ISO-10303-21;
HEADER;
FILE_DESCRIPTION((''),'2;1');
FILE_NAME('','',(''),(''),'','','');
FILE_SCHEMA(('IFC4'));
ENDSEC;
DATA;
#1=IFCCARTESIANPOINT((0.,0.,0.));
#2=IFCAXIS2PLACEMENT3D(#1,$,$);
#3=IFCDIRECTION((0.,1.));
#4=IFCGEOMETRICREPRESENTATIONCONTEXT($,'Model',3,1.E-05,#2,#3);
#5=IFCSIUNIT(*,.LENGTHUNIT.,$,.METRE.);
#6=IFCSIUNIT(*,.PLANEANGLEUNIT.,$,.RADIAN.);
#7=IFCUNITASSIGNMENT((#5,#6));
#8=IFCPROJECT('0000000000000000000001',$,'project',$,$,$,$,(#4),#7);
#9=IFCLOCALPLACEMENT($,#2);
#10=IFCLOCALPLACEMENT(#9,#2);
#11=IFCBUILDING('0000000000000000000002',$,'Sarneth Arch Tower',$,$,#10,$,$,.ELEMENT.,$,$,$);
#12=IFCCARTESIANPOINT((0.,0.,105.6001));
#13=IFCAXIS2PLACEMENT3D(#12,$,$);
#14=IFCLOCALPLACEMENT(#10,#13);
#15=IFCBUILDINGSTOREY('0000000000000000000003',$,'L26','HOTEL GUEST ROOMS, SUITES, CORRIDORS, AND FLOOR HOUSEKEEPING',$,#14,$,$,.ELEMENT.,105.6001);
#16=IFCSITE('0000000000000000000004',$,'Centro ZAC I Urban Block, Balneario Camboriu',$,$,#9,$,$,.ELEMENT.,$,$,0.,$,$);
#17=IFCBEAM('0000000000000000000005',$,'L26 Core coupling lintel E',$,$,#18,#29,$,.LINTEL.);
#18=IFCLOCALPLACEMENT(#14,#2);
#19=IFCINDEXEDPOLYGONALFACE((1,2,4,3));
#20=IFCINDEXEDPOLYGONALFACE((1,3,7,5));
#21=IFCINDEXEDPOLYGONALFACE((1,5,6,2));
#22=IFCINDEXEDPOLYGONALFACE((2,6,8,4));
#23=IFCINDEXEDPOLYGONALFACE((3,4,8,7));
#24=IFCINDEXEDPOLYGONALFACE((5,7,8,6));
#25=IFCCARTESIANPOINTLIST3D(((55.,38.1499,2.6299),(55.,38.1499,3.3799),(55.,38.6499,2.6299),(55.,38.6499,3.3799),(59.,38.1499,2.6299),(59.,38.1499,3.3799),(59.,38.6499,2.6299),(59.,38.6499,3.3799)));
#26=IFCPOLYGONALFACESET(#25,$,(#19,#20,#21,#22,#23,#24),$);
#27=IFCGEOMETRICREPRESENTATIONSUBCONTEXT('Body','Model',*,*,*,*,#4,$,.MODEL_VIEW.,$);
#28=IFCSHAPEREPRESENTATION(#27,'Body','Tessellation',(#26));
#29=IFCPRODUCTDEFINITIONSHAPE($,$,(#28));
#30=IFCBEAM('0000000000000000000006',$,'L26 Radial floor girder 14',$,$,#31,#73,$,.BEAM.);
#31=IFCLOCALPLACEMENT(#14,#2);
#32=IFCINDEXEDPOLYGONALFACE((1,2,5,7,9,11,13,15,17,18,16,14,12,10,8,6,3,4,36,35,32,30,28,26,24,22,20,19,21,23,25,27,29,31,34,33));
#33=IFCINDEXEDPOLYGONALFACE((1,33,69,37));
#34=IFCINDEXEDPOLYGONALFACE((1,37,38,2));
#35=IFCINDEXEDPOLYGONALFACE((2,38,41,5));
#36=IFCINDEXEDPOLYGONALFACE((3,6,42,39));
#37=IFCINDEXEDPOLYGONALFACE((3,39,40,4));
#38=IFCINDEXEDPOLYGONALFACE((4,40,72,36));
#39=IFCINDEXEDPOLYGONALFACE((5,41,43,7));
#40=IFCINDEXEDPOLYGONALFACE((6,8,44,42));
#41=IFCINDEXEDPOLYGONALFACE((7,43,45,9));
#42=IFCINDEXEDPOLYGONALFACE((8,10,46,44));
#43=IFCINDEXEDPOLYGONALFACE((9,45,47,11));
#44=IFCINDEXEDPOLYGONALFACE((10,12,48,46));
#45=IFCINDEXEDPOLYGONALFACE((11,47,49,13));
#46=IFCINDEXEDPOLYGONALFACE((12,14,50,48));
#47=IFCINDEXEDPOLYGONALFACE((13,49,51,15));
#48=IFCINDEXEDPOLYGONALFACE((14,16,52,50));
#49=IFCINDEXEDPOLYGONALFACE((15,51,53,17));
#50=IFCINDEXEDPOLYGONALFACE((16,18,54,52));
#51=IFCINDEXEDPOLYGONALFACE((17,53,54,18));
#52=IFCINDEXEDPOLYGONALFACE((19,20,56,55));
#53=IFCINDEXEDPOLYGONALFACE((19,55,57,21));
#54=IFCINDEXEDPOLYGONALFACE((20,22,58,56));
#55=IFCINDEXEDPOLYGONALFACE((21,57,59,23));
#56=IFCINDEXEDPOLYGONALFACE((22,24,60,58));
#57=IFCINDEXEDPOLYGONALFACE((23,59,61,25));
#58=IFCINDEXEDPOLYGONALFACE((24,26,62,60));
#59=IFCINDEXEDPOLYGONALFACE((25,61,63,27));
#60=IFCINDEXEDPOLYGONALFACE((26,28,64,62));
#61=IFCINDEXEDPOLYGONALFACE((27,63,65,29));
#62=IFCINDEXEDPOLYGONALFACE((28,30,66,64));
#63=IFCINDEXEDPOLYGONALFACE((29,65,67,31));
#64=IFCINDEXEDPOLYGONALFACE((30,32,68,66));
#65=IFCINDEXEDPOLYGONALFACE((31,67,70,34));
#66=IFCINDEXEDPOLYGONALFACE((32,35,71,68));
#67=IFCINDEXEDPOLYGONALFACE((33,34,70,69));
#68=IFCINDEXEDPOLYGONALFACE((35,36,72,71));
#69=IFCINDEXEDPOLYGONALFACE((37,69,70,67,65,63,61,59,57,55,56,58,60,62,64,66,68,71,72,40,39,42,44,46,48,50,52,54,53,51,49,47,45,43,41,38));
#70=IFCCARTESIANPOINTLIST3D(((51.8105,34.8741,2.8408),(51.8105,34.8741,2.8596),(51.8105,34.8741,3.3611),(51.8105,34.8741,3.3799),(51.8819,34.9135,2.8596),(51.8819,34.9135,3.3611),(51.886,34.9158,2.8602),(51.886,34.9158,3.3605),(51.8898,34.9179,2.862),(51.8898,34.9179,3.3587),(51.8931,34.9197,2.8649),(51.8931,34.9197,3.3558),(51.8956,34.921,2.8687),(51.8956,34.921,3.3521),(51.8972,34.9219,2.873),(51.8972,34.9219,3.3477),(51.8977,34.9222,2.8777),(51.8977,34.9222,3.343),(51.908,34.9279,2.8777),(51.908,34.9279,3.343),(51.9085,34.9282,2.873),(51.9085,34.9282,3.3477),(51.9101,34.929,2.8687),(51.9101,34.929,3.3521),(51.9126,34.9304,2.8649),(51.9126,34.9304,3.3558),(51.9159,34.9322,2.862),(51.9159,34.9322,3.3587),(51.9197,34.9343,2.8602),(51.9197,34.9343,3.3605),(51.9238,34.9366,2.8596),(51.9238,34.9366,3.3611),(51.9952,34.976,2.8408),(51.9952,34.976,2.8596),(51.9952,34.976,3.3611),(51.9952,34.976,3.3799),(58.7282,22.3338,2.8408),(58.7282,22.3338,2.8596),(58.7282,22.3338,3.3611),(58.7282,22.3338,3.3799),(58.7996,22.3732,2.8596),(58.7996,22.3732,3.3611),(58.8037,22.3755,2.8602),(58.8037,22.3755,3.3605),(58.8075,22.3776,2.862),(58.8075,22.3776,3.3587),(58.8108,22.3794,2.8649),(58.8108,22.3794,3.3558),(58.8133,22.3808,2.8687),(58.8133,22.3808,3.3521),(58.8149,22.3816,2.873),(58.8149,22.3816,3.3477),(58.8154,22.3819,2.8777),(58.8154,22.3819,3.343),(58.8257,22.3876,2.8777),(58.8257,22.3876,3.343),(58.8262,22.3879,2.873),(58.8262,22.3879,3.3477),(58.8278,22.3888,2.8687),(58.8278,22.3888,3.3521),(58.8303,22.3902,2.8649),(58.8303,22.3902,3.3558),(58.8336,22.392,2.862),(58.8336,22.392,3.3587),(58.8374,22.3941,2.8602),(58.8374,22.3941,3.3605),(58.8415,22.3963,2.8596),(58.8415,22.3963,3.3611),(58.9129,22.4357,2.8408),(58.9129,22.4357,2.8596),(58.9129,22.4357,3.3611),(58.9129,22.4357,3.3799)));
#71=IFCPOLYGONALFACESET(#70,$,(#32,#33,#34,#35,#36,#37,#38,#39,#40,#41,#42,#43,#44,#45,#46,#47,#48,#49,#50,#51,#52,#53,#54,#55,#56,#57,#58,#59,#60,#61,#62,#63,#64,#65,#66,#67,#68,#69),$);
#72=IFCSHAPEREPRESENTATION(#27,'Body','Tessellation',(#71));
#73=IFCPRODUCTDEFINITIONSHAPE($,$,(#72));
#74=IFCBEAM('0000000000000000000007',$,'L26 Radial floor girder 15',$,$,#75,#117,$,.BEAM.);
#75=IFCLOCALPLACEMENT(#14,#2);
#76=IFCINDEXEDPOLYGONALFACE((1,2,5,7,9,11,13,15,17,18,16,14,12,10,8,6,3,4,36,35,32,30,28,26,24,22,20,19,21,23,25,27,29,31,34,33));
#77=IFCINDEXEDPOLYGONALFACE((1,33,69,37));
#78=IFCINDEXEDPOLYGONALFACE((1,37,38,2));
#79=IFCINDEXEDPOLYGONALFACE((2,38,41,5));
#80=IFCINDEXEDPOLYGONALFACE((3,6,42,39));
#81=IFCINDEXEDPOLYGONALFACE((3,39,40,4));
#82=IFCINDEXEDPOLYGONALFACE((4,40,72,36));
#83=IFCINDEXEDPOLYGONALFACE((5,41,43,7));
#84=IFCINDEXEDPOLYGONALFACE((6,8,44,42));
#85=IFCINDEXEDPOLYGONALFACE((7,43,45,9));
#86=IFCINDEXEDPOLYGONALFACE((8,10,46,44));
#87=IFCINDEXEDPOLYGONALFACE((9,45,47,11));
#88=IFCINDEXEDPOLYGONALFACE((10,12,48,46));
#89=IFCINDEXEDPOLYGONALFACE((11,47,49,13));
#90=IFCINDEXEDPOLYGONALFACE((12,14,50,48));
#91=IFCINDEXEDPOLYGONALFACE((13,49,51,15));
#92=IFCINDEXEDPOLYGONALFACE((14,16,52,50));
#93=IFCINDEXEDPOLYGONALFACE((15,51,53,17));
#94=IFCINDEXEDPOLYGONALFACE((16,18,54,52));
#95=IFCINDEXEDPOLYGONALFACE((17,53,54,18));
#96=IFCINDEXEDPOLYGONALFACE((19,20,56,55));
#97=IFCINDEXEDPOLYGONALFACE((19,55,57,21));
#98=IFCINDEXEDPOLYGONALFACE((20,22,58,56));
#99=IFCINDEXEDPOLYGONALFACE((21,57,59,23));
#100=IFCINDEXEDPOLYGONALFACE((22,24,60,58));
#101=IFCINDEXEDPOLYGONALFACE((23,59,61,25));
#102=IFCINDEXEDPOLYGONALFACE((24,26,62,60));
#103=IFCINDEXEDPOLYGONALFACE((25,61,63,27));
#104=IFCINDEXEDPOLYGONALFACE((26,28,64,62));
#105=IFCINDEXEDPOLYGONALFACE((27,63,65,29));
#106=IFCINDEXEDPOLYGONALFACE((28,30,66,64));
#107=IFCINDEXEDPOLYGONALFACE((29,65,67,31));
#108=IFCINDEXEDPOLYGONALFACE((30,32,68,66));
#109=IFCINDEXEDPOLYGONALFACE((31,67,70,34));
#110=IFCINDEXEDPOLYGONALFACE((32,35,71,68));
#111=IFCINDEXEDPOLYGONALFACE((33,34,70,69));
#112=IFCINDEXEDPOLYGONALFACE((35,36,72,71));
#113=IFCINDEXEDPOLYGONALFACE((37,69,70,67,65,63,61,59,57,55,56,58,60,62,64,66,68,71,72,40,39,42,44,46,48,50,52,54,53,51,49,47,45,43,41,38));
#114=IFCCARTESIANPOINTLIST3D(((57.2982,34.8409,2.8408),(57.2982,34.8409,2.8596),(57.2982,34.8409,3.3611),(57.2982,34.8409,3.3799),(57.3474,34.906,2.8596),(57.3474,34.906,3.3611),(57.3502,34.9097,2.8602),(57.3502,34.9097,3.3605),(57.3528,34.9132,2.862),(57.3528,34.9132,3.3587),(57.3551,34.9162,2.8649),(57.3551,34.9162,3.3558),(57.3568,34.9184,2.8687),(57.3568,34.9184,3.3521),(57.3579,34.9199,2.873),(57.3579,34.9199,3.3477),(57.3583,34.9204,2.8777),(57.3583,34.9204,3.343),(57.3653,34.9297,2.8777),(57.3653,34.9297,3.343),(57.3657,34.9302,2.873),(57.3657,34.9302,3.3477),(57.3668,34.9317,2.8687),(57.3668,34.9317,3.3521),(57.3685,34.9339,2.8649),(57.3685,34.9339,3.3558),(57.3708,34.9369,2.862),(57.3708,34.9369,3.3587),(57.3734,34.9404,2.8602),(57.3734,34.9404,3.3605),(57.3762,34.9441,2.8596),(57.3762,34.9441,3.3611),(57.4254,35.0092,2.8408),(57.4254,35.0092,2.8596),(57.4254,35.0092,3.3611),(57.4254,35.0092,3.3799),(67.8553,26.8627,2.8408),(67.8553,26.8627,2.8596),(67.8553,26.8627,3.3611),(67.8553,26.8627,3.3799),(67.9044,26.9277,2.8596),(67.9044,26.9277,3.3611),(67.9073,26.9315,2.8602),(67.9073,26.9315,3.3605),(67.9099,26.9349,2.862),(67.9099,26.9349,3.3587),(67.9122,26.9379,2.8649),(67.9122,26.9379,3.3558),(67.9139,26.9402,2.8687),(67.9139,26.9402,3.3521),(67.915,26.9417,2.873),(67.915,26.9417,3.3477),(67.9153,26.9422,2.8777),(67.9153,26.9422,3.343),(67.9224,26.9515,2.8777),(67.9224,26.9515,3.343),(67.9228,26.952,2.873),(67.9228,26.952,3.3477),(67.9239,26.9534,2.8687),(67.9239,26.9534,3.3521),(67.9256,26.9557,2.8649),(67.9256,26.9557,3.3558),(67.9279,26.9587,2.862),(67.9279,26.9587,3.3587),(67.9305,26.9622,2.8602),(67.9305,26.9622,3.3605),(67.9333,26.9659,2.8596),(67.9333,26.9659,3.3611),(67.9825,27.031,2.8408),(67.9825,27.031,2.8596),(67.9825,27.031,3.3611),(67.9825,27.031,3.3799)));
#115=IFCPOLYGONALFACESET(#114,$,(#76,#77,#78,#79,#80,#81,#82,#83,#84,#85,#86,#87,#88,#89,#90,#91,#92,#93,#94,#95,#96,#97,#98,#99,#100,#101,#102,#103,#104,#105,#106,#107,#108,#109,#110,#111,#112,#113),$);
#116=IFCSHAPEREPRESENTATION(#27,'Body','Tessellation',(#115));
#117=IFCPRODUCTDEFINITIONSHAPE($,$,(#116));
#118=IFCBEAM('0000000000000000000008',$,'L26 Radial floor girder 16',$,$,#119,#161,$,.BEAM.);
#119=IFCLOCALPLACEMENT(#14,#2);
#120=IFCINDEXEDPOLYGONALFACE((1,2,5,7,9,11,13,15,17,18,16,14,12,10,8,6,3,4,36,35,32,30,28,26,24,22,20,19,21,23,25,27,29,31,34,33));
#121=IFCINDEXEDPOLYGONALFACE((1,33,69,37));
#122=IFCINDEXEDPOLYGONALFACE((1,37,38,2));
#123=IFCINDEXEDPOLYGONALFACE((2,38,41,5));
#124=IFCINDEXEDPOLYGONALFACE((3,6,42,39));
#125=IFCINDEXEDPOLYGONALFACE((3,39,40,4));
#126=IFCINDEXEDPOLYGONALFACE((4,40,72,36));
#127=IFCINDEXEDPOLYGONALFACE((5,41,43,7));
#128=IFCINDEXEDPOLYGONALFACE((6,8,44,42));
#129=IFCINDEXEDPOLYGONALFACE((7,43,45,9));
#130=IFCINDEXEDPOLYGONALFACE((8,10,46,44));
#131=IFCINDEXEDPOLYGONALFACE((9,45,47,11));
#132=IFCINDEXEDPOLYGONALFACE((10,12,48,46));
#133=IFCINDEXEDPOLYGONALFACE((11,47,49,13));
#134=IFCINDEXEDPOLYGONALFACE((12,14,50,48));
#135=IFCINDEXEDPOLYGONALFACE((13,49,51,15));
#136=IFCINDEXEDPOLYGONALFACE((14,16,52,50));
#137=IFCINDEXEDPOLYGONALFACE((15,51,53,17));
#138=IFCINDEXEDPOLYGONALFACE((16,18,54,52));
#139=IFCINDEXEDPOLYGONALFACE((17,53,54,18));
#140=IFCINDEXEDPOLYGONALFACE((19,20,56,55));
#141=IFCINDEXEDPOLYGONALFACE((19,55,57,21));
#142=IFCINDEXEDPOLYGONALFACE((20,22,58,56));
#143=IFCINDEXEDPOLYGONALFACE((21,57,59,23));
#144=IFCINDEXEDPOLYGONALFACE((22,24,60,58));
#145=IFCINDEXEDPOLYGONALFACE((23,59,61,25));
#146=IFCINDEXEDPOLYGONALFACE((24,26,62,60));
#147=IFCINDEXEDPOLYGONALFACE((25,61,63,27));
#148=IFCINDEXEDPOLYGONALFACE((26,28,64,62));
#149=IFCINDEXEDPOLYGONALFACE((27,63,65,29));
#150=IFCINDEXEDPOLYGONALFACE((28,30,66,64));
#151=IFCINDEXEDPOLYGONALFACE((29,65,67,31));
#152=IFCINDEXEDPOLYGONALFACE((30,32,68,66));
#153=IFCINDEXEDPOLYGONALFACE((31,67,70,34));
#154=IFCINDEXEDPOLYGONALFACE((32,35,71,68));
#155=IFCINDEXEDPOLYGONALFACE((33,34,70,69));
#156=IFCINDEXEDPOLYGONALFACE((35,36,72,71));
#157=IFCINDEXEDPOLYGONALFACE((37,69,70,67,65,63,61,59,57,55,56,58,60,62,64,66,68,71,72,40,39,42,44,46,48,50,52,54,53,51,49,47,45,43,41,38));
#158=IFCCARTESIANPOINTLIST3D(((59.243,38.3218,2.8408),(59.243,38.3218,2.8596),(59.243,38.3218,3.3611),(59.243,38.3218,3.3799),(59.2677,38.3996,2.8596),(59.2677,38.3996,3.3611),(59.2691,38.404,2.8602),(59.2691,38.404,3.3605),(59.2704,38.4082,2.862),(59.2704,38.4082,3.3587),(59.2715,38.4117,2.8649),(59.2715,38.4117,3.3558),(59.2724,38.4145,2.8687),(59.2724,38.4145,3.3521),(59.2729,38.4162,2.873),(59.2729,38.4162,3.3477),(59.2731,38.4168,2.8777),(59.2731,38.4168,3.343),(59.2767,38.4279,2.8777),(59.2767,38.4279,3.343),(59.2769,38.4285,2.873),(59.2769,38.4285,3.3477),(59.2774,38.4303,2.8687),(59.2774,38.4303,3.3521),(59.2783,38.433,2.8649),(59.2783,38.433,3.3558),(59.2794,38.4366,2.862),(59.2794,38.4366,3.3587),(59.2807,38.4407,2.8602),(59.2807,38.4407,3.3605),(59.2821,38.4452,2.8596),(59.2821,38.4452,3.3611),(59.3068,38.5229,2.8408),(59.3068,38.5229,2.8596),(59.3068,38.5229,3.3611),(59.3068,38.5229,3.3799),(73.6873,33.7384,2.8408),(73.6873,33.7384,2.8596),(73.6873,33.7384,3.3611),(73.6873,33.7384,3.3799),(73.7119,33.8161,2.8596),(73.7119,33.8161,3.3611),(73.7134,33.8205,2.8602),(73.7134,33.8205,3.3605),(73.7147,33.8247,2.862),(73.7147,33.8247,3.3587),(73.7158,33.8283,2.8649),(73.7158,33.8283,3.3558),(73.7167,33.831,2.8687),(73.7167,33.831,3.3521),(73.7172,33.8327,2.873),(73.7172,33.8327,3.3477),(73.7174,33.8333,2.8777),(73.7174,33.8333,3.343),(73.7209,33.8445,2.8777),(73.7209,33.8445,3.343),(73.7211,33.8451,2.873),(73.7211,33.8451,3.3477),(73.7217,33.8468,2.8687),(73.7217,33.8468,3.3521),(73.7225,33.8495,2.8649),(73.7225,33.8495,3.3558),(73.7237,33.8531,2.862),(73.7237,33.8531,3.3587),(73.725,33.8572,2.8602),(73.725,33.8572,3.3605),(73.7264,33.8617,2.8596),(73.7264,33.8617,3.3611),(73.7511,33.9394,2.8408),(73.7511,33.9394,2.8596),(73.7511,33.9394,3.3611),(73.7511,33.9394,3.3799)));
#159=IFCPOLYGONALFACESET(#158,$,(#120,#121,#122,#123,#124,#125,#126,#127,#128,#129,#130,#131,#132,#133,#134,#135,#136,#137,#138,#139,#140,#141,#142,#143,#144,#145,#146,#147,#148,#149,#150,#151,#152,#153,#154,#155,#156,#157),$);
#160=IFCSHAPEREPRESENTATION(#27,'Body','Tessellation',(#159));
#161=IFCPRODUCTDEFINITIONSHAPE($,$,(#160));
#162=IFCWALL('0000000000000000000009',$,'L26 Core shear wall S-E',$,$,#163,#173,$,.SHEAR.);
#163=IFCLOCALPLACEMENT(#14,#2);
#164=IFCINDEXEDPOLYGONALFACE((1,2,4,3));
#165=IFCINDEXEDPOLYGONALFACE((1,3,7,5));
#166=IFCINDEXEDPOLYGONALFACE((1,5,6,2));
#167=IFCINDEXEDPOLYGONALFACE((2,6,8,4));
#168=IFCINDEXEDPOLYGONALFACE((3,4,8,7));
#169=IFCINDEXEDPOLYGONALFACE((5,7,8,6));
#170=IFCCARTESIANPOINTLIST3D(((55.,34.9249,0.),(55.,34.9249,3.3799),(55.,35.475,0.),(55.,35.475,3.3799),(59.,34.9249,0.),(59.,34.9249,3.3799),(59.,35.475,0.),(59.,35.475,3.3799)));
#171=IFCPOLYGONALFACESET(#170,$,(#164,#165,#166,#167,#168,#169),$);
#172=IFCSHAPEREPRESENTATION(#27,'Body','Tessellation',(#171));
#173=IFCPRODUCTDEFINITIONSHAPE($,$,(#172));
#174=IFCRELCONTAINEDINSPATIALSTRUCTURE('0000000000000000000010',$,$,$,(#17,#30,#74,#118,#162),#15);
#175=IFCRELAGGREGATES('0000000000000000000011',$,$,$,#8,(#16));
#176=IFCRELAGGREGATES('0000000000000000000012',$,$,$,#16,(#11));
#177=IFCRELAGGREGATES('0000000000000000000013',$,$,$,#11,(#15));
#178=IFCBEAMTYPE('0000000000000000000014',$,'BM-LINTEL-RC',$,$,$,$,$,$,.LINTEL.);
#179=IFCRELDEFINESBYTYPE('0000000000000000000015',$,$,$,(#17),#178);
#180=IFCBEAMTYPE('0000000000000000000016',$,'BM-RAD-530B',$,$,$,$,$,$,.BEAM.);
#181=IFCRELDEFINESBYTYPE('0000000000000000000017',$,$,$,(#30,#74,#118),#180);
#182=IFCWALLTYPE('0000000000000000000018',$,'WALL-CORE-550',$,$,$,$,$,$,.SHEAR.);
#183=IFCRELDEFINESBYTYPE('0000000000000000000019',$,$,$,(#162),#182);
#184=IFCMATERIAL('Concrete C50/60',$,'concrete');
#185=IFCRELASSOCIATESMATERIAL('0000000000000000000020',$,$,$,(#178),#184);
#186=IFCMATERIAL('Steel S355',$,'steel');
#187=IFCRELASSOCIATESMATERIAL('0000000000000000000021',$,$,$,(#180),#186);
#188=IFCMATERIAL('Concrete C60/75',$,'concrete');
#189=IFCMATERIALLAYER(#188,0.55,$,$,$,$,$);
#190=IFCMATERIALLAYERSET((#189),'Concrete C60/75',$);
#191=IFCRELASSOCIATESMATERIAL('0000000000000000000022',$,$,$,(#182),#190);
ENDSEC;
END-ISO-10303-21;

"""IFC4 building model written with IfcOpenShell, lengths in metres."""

from ifc_helpers import new_model, si_unit, direction, frame, frame_2d, origin, origin_2d, place, context, subcontext, project, spatial, rectangle, i_section, extrude, material, layer, layer_set, material_profile, profile_set, type_object, element, save


model = new_model("IFC4")

# Units and contexts
model_context = context("Model", 3, precision=1e-05, world=origin(), true_north=direction((0.0, 1.0)))
body_context = subcontext(model_context, "Body", "Model", "MODEL_VIEW")
ifc_project = project(units=[si_unit("LENGTHUNIT", "METRE"), si_unit("PLANEANGLEUNIT", "RADIAN")], contexts=[model_context])

# Site, building, storey
site_placement = place(None, origin())
site = spatial("IfcSite", under=ifc_project, at=site_placement, Name="Centro ZAC I Urban Block, Balneario Camboriu", CompositionType="ELEMENT", RefElevation=0.0)
building_placement = place(site_placement, origin())
building = spatial("IfcBuilding", under=site, at=building_placement, Name="Sarneth Arch Tower", CompositionType="ELEMENT")
storey_placement = place(building_placement, frame((0.0, 0.0, 105.6001)))
storey = spatial("IfcBuildingStorey", under=building, at=storey_placement, Name="L26", Description="HOTEL GUEST ROOMS, SUITES, CORRIDORS, AND FLOOR HOUSEKEEPING", CompositionType="ELEMENT", Elevation=105.6001)

# Beams
ifc_material_1 = material(Name="Concrete C50/60", Category="concrete")
ifc_material_profile_1 = material_profile(ifc_material_1, rectangle(XDim=0.5, YDim=0.75, at=origin_2d()), Name="RC-500x750")
ifc_profile_set_1 = profile_set([ifc_material_profile_1], Name="Concrete C50/60")
beam_type_1 = type_object("IfcBeamType", Name="BM-LINTEL-RC", PredefinedType="LINTEL", material=ifc_profile_set_1)
beam_1_placement = place(storey_placement, frame((55.0, 38.3999, 3.0049), z_axis=(1.0, 0.0, 0.0), x_axis=(0.0, 1.0, 0.0)))
element("IfcBeam", 1, at=beam_1_placement, inside=storey, type_object=beam_type_1, Name="L26 Core coupling lintel E", PredefinedType="LINTEL", context=body_context, shape_type="SweptSolid", body=[
    extrude(rectangle(XDim=0.5, YDim=0.75, at=origin_2d()), origin(), (0.0, 0.0, 1.0), 4.0),
])
ifc_material_2 = material(Name="Steel S355", Category="steel")
ifc_material_profile_2 = material_profile(ifc_material_2, i_section(OverallWidth=0.2109, OverallDepth=0.5391, WebThickness=0.0117, FlangeThickness=0.0188, FilletRadius=0.0181, at=origin_2d()), Name="W530x109")
ifc_profile_set_2 = profile_set([ifc_material_profile_2], Name="Steel S355")
beam_type_2 = type_object("IfcBeamType", Name="BM-RAD-530B", PredefinedType="BEAM", material=ifc_profile_set_2)
beam_2_placement = place(storey_placement, frame((51.9028, 34.925, 3.1104), z_axis=(0.483021, -0.875609, 0.0), x_axis=(0.875609, 0.483021, 0.0)))
element("IfcBeam", 2, at=beam_2_placement, inside=storey, type_object=beam_type_2, Name="L26 Radial floor girder 14", PredefinedType="BEAM", context=body_context, shape_type="SweptSolid", body=[
    extrude(i_section(OverallWidth=0.2109, OverallDepth=0.5391, WebThickness=0.0117, FlangeThickness=0.0188, FilletRadius=0.0181, at=origin_2d()), origin(), (0.0, 0.0, 1.0), 14.3218),
])
beam_3_placement = place(storey_placement, frame((57.3618, 34.925, 3.1104), z_axis=(0.797803, -0.602918, 0.0), x_axis=(0.602918, 0.797803, 0.0)))
element("IfcBeam", 3, at=beam_3_placement, inside=storey, type_object=beam_type_2, Name="L26 Radial floor girder 15", PredefinedType="BEAM", context=body_context, shape_type="SweptSolid", body=[
    extrude(i_section(OverallWidth=0.2109, OverallDepth=0.5391, WebThickness=0.0117, FlangeThickness=0.0188, FilletRadius=0.0181, at=origin_2d()), origin(), (0.0, 0.0, 1.0), 13.2327),
])
beam_4_placement = place(storey_placement, frame((59.2749, 38.4224, 3.1104), z_axis=(0.953162, -0.302459, 0.0), x_axis=(0.302459, 0.953162, 0.0)))
element("IfcBeam", 4, at=beam_4_placement, inside=storey, type_object=beam_type_2, Name="L26 Radial floor girder 16", PredefinedType="BEAM", context=body_context, shape_type="SweptSolid", body=[
    extrude(i_section(OverallWidth=0.2109, OverallDepth=0.5391, WebThickness=0.0117, FlangeThickness=0.0188, FilletRadius=0.0181, at=origin_2d()), origin(), (0.0, 0.0, 1.0), 15.1541),
])

# Wall
ifc_material_3 = material(Name="Concrete C60/75", Category="concrete")
ifc_layer_1 = layer(ifc_material_3, 0.55)
ifc_layer_set_1 = layer_set([ifc_layer_1], Name="Concrete C60/75")
wall_type_1 = type_object("IfcWallType", Name="WALL-CORE-550", PredefinedType="SHEAR", material=ifc_layer_set_1)
wall_1_placement = place(storey_placement, frame((55.0, 35.2, 0.0), z_axis=(0.0, 0.0, 1.0), x_axis=(1.0, 0.0, 0.0)))
element("IfcWall", 5, at=wall_1_placement, inside=storey, type_object=wall_type_1, Name="L26 Core shear wall S-E", PredefinedType="SHEAR", context=body_context, shape_type="SweptSolid", body=[
    extrude(rectangle(XDim=4.0, YDim=0.55, at=frame_2d((2.0, 0.0))), origin(), (0.0, 0.0, 1.0), 3.3799),
])

save(model, "model.ifc")
